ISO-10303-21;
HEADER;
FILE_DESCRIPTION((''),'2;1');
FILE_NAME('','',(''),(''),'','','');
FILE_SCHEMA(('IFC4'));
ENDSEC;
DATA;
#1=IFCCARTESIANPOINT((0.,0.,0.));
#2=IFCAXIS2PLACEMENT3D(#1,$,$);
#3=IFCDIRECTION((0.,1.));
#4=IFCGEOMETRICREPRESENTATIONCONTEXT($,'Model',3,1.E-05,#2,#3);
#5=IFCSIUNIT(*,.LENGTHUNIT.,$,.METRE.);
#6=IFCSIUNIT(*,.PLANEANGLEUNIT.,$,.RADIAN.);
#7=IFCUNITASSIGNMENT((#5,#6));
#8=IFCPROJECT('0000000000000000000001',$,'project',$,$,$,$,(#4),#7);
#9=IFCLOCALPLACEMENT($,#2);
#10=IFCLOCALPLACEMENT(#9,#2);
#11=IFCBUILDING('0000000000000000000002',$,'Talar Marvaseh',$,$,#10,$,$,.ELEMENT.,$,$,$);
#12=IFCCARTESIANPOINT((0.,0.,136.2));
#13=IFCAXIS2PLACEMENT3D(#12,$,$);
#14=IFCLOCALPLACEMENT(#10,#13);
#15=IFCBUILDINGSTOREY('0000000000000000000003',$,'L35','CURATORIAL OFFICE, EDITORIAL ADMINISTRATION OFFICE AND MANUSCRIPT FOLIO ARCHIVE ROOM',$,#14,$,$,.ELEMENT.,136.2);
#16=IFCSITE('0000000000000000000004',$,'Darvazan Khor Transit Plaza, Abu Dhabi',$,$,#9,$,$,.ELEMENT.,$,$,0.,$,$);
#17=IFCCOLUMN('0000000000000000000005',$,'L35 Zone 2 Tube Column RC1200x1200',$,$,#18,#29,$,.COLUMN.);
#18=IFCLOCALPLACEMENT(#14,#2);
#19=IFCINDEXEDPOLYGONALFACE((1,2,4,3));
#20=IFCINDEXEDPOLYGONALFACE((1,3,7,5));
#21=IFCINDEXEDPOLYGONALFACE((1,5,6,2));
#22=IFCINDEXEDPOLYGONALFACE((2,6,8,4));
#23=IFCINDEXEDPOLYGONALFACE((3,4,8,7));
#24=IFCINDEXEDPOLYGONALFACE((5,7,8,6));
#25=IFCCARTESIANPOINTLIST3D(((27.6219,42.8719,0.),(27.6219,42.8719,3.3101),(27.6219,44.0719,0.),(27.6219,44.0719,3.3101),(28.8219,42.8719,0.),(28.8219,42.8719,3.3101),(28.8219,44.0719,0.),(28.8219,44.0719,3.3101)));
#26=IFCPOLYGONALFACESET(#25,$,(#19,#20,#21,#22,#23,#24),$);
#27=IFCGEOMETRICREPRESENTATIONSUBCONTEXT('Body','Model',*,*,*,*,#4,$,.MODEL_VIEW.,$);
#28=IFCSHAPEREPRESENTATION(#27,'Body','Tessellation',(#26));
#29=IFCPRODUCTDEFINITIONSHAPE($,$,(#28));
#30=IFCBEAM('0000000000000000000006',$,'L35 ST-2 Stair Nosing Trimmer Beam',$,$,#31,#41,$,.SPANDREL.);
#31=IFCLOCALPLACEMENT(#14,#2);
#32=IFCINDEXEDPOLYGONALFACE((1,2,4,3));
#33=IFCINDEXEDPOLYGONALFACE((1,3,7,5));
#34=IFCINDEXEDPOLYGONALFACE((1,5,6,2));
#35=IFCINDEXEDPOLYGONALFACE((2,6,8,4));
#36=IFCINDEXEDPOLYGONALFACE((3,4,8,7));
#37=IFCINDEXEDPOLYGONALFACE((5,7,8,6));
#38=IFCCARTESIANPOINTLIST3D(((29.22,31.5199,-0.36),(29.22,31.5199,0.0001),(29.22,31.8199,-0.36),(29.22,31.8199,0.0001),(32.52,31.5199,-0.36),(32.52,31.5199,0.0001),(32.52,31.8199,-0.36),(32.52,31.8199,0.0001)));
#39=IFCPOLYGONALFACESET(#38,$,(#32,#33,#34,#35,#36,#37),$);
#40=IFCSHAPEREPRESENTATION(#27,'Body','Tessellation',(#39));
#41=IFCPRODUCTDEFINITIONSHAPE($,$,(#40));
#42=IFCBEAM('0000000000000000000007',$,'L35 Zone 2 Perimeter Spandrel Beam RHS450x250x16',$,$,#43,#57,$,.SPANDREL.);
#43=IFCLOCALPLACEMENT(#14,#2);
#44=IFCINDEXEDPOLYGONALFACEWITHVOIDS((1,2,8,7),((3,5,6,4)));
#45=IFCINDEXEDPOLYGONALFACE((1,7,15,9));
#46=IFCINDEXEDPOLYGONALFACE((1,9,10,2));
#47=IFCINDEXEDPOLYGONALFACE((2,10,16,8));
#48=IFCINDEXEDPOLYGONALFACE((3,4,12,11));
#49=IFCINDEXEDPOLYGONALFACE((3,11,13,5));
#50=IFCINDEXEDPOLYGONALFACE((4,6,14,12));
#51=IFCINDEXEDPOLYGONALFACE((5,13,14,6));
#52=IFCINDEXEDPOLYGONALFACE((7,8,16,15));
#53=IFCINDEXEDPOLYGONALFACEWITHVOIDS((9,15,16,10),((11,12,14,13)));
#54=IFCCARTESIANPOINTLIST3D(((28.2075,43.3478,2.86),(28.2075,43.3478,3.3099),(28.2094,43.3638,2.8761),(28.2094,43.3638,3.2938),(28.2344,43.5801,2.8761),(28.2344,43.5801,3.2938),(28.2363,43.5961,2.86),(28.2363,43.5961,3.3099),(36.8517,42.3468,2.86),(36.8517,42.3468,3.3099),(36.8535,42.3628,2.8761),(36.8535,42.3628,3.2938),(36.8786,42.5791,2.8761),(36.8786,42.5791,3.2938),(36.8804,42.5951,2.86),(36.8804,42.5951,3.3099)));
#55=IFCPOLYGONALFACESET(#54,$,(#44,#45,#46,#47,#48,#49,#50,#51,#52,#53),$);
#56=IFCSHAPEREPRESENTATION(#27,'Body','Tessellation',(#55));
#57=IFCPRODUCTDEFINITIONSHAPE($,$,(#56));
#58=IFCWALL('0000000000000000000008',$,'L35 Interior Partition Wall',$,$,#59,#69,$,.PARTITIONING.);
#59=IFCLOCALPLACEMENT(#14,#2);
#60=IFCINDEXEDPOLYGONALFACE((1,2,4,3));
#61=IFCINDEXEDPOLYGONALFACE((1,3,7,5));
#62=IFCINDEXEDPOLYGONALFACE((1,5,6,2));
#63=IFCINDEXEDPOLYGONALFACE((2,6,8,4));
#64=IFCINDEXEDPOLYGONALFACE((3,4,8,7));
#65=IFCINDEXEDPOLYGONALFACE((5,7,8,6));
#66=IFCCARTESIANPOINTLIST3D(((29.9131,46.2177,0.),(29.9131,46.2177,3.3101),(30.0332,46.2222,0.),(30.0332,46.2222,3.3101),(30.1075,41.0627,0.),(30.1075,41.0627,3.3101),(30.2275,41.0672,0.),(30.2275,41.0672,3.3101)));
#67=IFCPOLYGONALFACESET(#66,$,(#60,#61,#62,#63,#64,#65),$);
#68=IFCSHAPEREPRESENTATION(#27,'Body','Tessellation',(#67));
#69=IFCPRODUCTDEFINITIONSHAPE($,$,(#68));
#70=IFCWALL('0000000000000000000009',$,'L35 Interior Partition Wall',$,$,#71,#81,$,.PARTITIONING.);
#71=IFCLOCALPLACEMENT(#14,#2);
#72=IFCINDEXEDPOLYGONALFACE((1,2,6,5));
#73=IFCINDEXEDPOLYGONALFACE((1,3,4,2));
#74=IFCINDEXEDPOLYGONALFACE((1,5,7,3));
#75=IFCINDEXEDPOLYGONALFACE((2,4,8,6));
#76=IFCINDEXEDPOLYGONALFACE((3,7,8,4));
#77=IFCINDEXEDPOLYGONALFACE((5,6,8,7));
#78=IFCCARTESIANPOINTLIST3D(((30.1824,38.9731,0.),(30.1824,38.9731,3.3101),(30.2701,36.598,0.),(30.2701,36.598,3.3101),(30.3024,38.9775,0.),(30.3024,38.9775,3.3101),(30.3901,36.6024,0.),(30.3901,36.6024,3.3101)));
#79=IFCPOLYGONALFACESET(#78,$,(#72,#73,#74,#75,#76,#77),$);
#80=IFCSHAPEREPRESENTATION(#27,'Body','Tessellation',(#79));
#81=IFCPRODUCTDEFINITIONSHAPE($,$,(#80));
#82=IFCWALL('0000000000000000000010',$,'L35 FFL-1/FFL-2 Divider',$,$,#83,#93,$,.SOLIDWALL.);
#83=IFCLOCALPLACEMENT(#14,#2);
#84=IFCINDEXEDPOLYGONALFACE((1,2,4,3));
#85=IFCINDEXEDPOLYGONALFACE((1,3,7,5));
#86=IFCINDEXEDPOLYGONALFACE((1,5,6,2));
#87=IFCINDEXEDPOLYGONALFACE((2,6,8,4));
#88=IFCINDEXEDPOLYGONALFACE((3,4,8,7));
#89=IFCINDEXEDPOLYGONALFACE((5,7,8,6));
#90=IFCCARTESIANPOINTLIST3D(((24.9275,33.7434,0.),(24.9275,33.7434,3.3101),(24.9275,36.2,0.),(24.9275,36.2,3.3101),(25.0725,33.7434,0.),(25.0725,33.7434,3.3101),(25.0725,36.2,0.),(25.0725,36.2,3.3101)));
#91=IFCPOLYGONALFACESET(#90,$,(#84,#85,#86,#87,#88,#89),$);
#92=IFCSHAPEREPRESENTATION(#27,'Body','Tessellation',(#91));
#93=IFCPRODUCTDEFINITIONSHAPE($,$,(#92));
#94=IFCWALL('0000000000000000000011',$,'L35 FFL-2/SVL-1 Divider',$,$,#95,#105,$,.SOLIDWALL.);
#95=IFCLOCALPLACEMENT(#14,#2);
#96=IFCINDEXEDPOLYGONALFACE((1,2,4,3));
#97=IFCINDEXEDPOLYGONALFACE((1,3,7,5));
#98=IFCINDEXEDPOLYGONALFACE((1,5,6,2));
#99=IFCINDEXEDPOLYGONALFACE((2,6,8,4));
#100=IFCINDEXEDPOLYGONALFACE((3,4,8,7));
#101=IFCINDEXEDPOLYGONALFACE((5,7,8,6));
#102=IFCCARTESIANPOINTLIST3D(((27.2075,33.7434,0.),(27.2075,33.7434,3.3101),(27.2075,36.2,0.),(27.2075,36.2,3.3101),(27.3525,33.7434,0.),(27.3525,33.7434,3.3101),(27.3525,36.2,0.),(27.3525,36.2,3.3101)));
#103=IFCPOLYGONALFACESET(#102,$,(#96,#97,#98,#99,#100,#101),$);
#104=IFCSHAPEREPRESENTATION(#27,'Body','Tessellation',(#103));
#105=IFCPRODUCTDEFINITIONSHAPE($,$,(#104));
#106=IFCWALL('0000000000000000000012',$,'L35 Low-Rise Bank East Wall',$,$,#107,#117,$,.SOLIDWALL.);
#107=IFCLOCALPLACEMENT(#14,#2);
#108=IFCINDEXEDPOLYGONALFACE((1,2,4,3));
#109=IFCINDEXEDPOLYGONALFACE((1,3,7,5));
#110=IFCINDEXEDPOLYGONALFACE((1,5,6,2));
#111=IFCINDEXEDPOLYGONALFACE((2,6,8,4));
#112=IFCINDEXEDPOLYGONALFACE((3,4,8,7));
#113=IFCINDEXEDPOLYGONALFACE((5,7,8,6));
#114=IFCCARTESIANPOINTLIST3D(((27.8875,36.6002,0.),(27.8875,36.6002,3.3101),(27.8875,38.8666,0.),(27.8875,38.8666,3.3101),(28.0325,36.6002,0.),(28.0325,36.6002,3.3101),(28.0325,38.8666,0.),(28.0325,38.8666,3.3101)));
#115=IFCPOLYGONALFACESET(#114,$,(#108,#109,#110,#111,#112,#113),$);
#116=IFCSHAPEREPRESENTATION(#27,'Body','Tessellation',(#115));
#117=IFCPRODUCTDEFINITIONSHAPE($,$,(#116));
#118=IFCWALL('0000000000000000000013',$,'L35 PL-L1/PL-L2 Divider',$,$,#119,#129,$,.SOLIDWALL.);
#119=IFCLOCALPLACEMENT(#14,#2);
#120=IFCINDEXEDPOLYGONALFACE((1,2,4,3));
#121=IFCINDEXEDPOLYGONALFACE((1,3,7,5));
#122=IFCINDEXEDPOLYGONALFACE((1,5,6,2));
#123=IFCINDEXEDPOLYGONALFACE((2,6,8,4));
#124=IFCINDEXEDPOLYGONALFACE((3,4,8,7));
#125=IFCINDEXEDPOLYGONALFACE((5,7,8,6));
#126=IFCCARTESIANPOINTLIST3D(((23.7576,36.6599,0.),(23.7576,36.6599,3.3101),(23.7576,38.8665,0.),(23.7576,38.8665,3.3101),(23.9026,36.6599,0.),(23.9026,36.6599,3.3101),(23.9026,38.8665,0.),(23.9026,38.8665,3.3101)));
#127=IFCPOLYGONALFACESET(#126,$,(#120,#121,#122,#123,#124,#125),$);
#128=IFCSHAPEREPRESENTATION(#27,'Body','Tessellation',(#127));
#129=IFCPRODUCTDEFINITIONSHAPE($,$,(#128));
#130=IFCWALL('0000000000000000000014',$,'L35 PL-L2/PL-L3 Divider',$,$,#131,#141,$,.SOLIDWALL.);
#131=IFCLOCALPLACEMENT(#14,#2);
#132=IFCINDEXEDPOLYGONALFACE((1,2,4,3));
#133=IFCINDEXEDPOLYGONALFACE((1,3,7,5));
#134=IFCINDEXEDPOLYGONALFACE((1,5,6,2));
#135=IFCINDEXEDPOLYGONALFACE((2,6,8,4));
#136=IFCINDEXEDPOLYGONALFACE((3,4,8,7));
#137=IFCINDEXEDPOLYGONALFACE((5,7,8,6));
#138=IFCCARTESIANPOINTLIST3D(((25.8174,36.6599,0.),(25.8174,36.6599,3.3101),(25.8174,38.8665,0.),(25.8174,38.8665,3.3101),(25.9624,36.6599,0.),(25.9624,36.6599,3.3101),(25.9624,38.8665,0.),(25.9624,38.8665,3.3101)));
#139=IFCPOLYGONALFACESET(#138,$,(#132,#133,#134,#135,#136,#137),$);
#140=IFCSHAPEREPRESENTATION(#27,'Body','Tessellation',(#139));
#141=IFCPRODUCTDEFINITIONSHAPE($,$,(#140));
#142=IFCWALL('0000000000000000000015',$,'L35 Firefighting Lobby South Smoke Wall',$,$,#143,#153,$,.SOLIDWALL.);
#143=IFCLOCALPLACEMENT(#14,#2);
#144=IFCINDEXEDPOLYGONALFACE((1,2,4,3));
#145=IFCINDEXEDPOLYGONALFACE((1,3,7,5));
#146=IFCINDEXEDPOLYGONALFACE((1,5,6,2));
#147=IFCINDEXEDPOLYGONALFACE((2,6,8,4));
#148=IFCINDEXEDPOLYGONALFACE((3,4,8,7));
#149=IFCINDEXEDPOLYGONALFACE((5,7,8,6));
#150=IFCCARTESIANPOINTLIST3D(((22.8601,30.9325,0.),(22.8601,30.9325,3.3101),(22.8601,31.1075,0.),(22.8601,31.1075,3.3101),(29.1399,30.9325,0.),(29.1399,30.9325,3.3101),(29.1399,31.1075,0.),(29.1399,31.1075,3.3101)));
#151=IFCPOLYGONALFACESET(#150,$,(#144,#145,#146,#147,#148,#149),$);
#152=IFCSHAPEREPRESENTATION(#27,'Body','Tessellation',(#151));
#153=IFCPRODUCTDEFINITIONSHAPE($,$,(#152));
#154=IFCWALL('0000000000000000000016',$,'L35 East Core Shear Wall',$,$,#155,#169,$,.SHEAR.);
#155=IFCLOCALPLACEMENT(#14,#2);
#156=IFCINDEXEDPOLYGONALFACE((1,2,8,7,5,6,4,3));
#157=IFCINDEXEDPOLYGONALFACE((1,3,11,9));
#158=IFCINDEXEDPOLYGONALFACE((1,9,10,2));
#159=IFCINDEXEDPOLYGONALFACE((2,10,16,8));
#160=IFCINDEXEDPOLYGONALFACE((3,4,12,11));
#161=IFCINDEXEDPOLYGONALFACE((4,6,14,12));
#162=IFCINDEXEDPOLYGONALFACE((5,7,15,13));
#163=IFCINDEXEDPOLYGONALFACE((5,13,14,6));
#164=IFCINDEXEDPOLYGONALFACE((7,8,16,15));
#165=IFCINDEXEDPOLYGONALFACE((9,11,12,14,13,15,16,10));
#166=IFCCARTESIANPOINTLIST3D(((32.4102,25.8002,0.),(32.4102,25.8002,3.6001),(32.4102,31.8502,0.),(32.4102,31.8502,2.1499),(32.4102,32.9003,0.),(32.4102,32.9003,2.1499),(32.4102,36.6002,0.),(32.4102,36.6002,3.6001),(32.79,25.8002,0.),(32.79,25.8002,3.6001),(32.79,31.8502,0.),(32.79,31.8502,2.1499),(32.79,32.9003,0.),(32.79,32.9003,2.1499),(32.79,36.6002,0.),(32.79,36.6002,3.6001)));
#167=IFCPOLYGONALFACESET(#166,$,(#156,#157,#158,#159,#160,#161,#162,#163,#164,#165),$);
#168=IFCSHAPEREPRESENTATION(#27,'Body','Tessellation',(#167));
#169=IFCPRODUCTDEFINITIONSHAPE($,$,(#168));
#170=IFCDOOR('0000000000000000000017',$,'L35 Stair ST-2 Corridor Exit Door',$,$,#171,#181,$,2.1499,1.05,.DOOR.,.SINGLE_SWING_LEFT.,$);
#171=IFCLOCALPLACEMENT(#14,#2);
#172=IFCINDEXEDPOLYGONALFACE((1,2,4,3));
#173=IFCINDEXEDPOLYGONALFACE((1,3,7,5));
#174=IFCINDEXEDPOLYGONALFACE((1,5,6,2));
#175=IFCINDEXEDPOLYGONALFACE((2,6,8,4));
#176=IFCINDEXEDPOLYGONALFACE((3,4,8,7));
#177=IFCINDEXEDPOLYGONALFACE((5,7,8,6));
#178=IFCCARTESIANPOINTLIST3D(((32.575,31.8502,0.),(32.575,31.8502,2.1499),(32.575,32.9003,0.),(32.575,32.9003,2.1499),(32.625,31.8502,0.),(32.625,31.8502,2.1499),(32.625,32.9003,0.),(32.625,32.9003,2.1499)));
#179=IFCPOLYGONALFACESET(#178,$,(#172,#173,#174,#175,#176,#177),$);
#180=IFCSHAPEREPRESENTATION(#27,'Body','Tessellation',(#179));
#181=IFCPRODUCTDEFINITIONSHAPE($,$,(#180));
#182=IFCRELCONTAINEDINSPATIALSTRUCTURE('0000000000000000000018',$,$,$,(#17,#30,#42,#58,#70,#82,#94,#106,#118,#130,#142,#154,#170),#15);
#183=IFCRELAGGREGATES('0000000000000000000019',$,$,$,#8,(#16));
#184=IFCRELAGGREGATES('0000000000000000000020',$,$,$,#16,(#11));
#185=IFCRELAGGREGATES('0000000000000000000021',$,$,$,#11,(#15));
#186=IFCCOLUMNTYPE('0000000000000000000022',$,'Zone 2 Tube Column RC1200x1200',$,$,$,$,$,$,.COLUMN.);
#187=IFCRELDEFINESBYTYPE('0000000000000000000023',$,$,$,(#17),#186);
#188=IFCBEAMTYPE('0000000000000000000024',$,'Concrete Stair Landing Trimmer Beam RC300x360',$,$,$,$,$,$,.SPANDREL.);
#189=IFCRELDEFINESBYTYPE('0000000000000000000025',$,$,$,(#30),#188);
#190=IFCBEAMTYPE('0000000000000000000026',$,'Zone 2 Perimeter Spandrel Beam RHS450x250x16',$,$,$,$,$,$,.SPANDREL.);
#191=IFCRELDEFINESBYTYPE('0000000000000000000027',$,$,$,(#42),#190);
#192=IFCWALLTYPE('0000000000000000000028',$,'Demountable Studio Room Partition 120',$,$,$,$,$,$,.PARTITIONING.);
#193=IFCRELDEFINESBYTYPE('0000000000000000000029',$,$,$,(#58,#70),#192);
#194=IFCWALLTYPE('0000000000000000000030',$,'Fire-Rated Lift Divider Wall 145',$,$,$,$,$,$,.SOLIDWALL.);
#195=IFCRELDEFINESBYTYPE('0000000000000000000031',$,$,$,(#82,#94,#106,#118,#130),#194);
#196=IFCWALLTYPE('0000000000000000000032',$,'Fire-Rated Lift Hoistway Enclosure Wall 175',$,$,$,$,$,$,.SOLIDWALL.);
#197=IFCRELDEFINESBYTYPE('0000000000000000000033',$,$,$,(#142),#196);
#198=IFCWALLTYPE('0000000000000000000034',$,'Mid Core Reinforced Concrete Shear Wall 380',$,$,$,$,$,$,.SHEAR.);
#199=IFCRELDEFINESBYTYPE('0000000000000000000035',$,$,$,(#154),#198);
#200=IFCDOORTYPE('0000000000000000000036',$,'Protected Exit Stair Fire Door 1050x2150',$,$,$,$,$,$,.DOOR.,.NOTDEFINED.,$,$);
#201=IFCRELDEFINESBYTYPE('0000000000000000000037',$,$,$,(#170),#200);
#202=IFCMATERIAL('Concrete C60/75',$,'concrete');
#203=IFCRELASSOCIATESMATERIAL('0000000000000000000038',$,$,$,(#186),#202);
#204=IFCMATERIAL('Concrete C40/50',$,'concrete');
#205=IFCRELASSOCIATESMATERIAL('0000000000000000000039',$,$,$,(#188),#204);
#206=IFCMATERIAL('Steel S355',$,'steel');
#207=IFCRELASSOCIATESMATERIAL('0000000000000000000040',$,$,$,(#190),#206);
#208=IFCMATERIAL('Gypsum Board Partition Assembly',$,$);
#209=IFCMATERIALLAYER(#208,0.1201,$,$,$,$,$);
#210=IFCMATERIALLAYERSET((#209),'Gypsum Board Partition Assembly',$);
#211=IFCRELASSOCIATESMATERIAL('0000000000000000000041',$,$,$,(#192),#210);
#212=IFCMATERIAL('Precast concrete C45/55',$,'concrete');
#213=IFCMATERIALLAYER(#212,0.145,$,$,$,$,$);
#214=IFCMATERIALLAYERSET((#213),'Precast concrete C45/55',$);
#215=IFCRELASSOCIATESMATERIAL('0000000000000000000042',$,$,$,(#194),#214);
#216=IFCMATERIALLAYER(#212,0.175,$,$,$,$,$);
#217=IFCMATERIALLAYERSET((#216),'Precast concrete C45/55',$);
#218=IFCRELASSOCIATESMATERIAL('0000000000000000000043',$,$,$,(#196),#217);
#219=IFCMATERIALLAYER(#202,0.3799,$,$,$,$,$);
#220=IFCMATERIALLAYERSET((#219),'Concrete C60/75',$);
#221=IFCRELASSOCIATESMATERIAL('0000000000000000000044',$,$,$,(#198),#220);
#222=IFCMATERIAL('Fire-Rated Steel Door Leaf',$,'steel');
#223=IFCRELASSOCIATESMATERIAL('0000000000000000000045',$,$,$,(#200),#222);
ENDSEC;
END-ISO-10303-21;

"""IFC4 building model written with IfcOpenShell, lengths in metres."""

from ifc_helpers import new_model, si_unit, direction, frame, frame_2d, origin, origin_2d, place, context, subcontext, project, spatial, rectangle, hollow_rectangle, extrude, source, transform, mapped, material, layer, layer_set, material_profile, profile_set, type_object, type_shapes, element, fill, save


model = new_model("IFC4")

# Units and contexts
model_context = context("Model", 3, precision=1e-05, world=origin(), true_north=direction((0.0, 1.0)))
body_context = subcontext(model_context, "Body", "Model", "MODEL_VIEW")
ifc_project = project(units=[si_unit("LENGTHUNIT", "METRE"), si_unit("PLANEANGLEUNIT", "RADIAN")], contexts=[model_context])

# Site, building, storey
site_placement = place(None, origin())
site = spatial("IfcSite", under=ifc_project, at=site_placement, Name="Darvazan Khor Transit Plaza, Abu Dhabi", CompositionType="ELEMENT", RefElevation=0.0)
building_placement = place(site_placement, origin())
building = spatial("IfcBuilding", under=site, at=building_placement, Name="Talar Marvaseh", CompositionType="ELEMENT")
storey_placement = place(building_placement, frame((0.0, 0.0, 136.2)))
storey = spatial("IfcBuildingStorey", under=building, at=storey_placement, Name="L35", Description="CURATORIAL OFFICE, EDITORIAL ADMINISTRATION OFFICE AND MANUSCRIPT FOLIO ARCHIVE ROOM", CompositionType="ELEMENT", Elevation=136.2)

# Column
ifc_material_1 = material(Name="Concrete C60/75", Category="concrete")
ifc_material_profile_1 = material_profile(ifc_material_1, rectangle(XDim=1.2, YDim=1.2, at=origin_2d()), Name="RC1200x1200")
ifc_profile_set_1 = profile_set([ifc_material_profile_1], Name="Concrete C60/75")
column_type = type_object("IfcColumnType", Name="Zone 2 Tube Column RC1200x1200", PredefinedType="COLUMN", material=ifc_profile_set_1)
column_placement = place(storey_placement, frame((28.2219, 43.4719, 0.0), z_axis=(0.0, 0.0, 1.0), x_axis=(1.0, 0.0, 0.0)))
element("IfcColumn", 1, at=column_placement, inside=storey, type_object=column_type, Name="L35 Zone 2 Tube Column RC1200x1200", PredefinedType="COLUMN", context=body_context, shape_type="SweptSolid", body=[
    extrude(rectangle(XDim=1.2, YDim=1.2, at=origin_2d()), origin(), (0.0, 0.0, 1.0), 3.3101),
])

# Beams
ifc_material_2 = material(Name="Concrete C40/50", Category="concrete")
ifc_material_profile_2 = material_profile(ifc_material_2, rectangle(XDim=0.3, YDim=0.3601, at=origin_2d()), Name="RC300x360")
ifc_profile_set_2 = profile_set([ifc_material_profile_2], Name="Concrete C40/50")
beam_type_1 = type_object("IfcBeamType", Name="Concrete Stair Landing Trimmer Beam RC300x360", PredefinedType="SPANDREL", material=ifc_profile_set_2)
beam_1_placement = place(storey_placement, frame((29.22, 31.6699, -0.1799), z_axis=(1.0, 0.0, 0.0), x_axis=(0.0, 1.0, 0.0)))
element("IfcBeam", 2, at=beam_1_placement, inside=storey, type_object=beam_type_1, Name="L35 ST-2 Stair Nosing Trimmer Beam", PredefinedType="SPANDREL", context=body_context, shape_type="SweptSolid", body=[
    extrude(rectangle(XDim=0.3, YDim=0.3601, at=origin_2d()), origin(), (0.0, 0.0, 1.0), 3.3),
])
ifc_material_3 = material(Name="Steel S355", Category="steel")
ifc_material_profile_3 = material_profile(ifc_material_3, hollow_rectangle(XDim=0.25, YDim=0.45, WallThickness=0.0161, at=origin_2d()), Name="RHS450x250x16")
ifc_profile_set_3 = profile_set([ifc_material_profile_3], Name="Steel S355")
beam_type_2 = type_object("IfcBeamType", Name="Zone 2 Perimeter Spandrel Beam RHS450x250x16", PredefinedType="SPANDREL", material=ifc_profile_set_3)
beam_2_placement = place(storey_placement, frame((28.2219, 43.4719, 3.085), z_axis=(0.993362, -0.115031, 0.0), x_axis=(0.115031, 0.993362, 0.0)))
element("IfcBeam", 3, at=beam_2_placement, inside=storey, type_object=beam_type_2, Name="L35 Zone 2 Perimeter Spandrel Beam RHS450x250x16", PredefinedType="SPANDREL", context=body_context, shape_type="SweptSolid", body=[
    extrude(hollow_rectangle(XDim=0.25, YDim=0.45, WallThickness=0.0161, at=origin_2d()), origin(), (0.0, 0.0, 1.0), 8.7019),
])

# Walls
ifc_material_4 = material(Name="Gypsum Board Partition Assembly")
ifc_layer_1 = layer(ifc_material_4, 0.1201)
ifc_layer_set_1 = layer_set([ifc_layer_1], Name="Gypsum Board Partition Assembly")
wall_type_1 = type_object("IfcWallType", Name="Demountable Studio Room Partition 120", PredefinedType="PARTITIONING", material=ifc_layer_set_1)
wall_1_placement = place(storey_placement, frame((30.1675, 41.0649, 0.0), z_axis=(0.0, 0.0, 1.0), x_axis=(-0.037672, 0.99929, 0.0)))
element("IfcWall", 4, at=wall_1_placement, inside=storey, type_object=wall_type_1, Name="L35 Interior Partition Wall", PredefinedType="PARTITIONING", context=body_context, shape_type="SweptSolid", body=[
    extrude(rectangle(XDim=5.1587, YDim=0.1201, at=frame_2d((2.5793, 0.0))), origin(), (0.0, 0.0, 1.0), 3.3101),
])
wall_2_placement = place(storey_placement, frame((30.3301, 36.6001, 0.0), z_axis=(0.0, 0.0, 1.0), x_axis=(-0.036879, 0.99932, 0.0)))
element("IfcWall", 5, at=wall_2_placement, inside=storey, type_object=wall_type_1, Name="L35 Interior Partition Wall", PredefinedType="PARTITIONING", context=body_context, shape_type="SweptSolid", body=[
    extrude(rectangle(XDim=2.3767, YDim=0.1201, at=frame_2d((1.1885, 0.0))), origin(), (0.0, 0.0, 1.0), 3.3101),
])
ifc_material_5 = material(Name="Precast concrete C45/55", Category="concrete")
ifc_layer_2 = layer(ifc_material_5, 0.145)
ifc_layer_set_2 = layer_set([ifc_layer_2], Name="Precast concrete C45/55")
wall_type_2 = type_object("IfcWallType", Name="Fire-Rated Lift Divider Wall 145", PredefinedType="SOLIDWALL", material=ifc_layer_set_2)
for number, where, z_axis, x_axis, name in (
    (6, (25.0, 33.7434, 0.0), (0.0, 0.0, 1.0), (0.0, 1.0, 0.0), "L35 FFL-1/FFL-2 Divider"),
    (7, (27.28, 33.7434, 0.0), (0.0, 0.0, 1.0), (0.0, 1.0, 0.0), "L35 FFL-2/SVL-1 Divider"),
):
    element("IfcWall", number, at=place(storey_placement, frame(where, z_axis=z_axis, x_axis=x_axis)), inside=storey, type_object=wall_type_2, Name=name, PredefinedType="SOLIDWALL", context=body_context, shape_type="SweptSolid", body=[
        extrude(rectangle(XDim=2.4565, YDim=0.145, at=frame_2d((1.2283, 0.0))), origin(), (0.0, 0.0, 1.0), 3.3101),
    ])
wall_3_placement = place(storey_placement, frame((27.96, 36.6001, 0.0), z_axis=(0.0, 0.0, 1.0), x_axis=(0.0, 1.0, 0.0)))
element("IfcWall", 8, at=wall_3_placement, inside=storey, type_object=wall_type_2, Name="L35 Low-Rise Bank East Wall", PredefinedType="SOLIDWALL", context=body_context, shape_type="SweptSolid", body=[
    extrude(rectangle(XDim=2.2664, YDim=0.145, at=frame_2d((1.1333, 0.0))), origin(), (0.0, 0.0, 1.0), 3.3101),
])
for number, where, z_axis, x_axis, name in (
    (9, (23.8301, 36.6599, 0.0), (0.0, 0.0, 1.0), (0.0, 1.0, 0.0), "L35 PL-L1/PL-L2 Divider"),
    (10, (25.8899, 36.6599, 0.0), (0.0, 0.0, 1.0), (0.0, 1.0, 0.0), "L35 PL-L2/PL-L3 Divider"),
):
    element("IfcWall", number, at=place(storey_placement, frame(where, z_axis=z_axis, x_axis=x_axis)), inside=storey, type_object=wall_type_2, Name=name, PredefinedType="SOLIDWALL", context=body_context, shape_type="SweptSolid", body=[
        extrude(rectangle(XDim=2.2065, YDim=0.145, at=frame_2d((1.1033, 0.0))), origin(), (0.0, 0.0, 1.0), 3.3101),
    ])

# Shared definitions
ifc_layer_3 = layer(ifc_material_5, 0.175)
ifc_layer_set_3 = layer_set([ifc_layer_3], Name="Precast concrete C45/55")
wall_type_3 = type_object("IfcWallType", Name="Fire-Rated Lift Hoistway Enclosure Wall 175", PredefinedType="SOLIDWALL", material=ifc_layer_set_3)

# Wall
wall_4_placement = place(storey_placement, frame((22.8601, 31.02, 0.0), z_axis=(0.0, 0.0, 1.0), x_axis=(1.0, 0.0, 0.0)))
element("IfcWall", 11, at=wall_4_placement, inside=storey, type_object=wall_type_3, Name="L35 Firefighting Lobby South Smoke Wall", PredefinedType="SOLIDWALL", context=body_context, shape_type="SweptSolid", body=[
    extrude(rectangle(XDim=6.2798, YDim=0.175, at=frame_2d((3.1399, 0.0))), origin(), (0.0, 0.0, 1.0), 3.3101),
])

# Wall, opening, door
ifc_layer_4 = layer(ifc_material_1, 0.3799)
ifc_layer_set_4 = layer_set([ifc_layer_4], Name="Concrete C60/75")
wall_type_4 = type_object("IfcWallType", Name="Mid Core Reinforced Concrete Shear Wall 380", PredefinedType="SHEAR", material=ifc_layer_set_4)
wall_5_placement = place(storey_placement, frame((32.6001, 36.6001, 0.0), z_axis=(0.0, 0.0, 1.0), x_axis=(0.0, -1.0, 0.0)))
wall_5 = element("IfcWall", 12, at=wall_5_placement, inside=storey, type_object=wall_type_4, Name="L35 East Core Shear Wall", PredefinedType="SHEAR", context=body_context, shape_type="SweptSolid", body=[
    extrude(rectangle(XDim=10.8, YDim=0.3799, at=frame_2d((5.3999, 0.0))), origin(), (0.0, 0.0, 1.0), 3.6001),
])
opening_1_placement = place(wall_5_placement, frame((3.7, 0.0, 0.0)))
opening_1 = element("IfcOpeningElement", 13, at=opening_1_placement, cuts=wall_5, PredefinedType="OPENING", context=body_context, shape_type="SweptSolid", body=[
    extrude(rectangle(XDim=1.05, YDim=2.1499, at=frame_2d((0.5249, 1.075))), frame((0.0, 0.2, 0.0), z_axis=(0.0, -1.0, 0.0), x_axis=(1.0, 0.0, 0.0)), (0.0, 0.0, 1.0), 0.3999),
])
ifc_material_6 = material(Name="Fire-Rated Steel Door Leaf", Category="steel")
door_type_1 = type_object("IfcDoorType", Name="Protected Exit Stair Fire Door 1050x2150", OperationType="NOTDEFINED", PredefinedType="DOOR", material=ifc_material_6)
shared_shape_1 = source(origin(), body_context, "Body", "SweptSolid", [
    extrude(rectangle(XDim=1.05, YDim=2.1499, at=frame_2d((0.5249, 1.075))), frame((0.0, 0.0249, 0.0), z_axis=(0.0, -1.0, 0.0), x_axis=(1.0, 0.0, 0.0)), (0.0, 0.0, 1.0), 0.05),
])
type_shapes(door_type_1, [shared_shape_1])
door_1_placement = place(opening_1_placement, origin())
door_1 = element("IfcDoor", 14, at=door_1_placement, inside=storey, type_object=door_type_1, Name="L35 Stair ST-2 Corridor Exit Door", OperationType="SINGLE_SWING_LEFT", OverallHeight=2.1499, OverallWidth=1.05, PredefinedType="DOOR", context=body_context, shape_type="MappedRepresentation", body=[
    mapped(shared_shape_1, transform((0.0, 0.0, 0.0), x_axis=(1.0, 0.0, 0.0), y_axis=(0.0, 1.0, 0.0), z_axis=(0.0, 0.0, 1.0), scale=1.0)),
])
fill(opening_1, door_1)

save(model, "model.ifc")
